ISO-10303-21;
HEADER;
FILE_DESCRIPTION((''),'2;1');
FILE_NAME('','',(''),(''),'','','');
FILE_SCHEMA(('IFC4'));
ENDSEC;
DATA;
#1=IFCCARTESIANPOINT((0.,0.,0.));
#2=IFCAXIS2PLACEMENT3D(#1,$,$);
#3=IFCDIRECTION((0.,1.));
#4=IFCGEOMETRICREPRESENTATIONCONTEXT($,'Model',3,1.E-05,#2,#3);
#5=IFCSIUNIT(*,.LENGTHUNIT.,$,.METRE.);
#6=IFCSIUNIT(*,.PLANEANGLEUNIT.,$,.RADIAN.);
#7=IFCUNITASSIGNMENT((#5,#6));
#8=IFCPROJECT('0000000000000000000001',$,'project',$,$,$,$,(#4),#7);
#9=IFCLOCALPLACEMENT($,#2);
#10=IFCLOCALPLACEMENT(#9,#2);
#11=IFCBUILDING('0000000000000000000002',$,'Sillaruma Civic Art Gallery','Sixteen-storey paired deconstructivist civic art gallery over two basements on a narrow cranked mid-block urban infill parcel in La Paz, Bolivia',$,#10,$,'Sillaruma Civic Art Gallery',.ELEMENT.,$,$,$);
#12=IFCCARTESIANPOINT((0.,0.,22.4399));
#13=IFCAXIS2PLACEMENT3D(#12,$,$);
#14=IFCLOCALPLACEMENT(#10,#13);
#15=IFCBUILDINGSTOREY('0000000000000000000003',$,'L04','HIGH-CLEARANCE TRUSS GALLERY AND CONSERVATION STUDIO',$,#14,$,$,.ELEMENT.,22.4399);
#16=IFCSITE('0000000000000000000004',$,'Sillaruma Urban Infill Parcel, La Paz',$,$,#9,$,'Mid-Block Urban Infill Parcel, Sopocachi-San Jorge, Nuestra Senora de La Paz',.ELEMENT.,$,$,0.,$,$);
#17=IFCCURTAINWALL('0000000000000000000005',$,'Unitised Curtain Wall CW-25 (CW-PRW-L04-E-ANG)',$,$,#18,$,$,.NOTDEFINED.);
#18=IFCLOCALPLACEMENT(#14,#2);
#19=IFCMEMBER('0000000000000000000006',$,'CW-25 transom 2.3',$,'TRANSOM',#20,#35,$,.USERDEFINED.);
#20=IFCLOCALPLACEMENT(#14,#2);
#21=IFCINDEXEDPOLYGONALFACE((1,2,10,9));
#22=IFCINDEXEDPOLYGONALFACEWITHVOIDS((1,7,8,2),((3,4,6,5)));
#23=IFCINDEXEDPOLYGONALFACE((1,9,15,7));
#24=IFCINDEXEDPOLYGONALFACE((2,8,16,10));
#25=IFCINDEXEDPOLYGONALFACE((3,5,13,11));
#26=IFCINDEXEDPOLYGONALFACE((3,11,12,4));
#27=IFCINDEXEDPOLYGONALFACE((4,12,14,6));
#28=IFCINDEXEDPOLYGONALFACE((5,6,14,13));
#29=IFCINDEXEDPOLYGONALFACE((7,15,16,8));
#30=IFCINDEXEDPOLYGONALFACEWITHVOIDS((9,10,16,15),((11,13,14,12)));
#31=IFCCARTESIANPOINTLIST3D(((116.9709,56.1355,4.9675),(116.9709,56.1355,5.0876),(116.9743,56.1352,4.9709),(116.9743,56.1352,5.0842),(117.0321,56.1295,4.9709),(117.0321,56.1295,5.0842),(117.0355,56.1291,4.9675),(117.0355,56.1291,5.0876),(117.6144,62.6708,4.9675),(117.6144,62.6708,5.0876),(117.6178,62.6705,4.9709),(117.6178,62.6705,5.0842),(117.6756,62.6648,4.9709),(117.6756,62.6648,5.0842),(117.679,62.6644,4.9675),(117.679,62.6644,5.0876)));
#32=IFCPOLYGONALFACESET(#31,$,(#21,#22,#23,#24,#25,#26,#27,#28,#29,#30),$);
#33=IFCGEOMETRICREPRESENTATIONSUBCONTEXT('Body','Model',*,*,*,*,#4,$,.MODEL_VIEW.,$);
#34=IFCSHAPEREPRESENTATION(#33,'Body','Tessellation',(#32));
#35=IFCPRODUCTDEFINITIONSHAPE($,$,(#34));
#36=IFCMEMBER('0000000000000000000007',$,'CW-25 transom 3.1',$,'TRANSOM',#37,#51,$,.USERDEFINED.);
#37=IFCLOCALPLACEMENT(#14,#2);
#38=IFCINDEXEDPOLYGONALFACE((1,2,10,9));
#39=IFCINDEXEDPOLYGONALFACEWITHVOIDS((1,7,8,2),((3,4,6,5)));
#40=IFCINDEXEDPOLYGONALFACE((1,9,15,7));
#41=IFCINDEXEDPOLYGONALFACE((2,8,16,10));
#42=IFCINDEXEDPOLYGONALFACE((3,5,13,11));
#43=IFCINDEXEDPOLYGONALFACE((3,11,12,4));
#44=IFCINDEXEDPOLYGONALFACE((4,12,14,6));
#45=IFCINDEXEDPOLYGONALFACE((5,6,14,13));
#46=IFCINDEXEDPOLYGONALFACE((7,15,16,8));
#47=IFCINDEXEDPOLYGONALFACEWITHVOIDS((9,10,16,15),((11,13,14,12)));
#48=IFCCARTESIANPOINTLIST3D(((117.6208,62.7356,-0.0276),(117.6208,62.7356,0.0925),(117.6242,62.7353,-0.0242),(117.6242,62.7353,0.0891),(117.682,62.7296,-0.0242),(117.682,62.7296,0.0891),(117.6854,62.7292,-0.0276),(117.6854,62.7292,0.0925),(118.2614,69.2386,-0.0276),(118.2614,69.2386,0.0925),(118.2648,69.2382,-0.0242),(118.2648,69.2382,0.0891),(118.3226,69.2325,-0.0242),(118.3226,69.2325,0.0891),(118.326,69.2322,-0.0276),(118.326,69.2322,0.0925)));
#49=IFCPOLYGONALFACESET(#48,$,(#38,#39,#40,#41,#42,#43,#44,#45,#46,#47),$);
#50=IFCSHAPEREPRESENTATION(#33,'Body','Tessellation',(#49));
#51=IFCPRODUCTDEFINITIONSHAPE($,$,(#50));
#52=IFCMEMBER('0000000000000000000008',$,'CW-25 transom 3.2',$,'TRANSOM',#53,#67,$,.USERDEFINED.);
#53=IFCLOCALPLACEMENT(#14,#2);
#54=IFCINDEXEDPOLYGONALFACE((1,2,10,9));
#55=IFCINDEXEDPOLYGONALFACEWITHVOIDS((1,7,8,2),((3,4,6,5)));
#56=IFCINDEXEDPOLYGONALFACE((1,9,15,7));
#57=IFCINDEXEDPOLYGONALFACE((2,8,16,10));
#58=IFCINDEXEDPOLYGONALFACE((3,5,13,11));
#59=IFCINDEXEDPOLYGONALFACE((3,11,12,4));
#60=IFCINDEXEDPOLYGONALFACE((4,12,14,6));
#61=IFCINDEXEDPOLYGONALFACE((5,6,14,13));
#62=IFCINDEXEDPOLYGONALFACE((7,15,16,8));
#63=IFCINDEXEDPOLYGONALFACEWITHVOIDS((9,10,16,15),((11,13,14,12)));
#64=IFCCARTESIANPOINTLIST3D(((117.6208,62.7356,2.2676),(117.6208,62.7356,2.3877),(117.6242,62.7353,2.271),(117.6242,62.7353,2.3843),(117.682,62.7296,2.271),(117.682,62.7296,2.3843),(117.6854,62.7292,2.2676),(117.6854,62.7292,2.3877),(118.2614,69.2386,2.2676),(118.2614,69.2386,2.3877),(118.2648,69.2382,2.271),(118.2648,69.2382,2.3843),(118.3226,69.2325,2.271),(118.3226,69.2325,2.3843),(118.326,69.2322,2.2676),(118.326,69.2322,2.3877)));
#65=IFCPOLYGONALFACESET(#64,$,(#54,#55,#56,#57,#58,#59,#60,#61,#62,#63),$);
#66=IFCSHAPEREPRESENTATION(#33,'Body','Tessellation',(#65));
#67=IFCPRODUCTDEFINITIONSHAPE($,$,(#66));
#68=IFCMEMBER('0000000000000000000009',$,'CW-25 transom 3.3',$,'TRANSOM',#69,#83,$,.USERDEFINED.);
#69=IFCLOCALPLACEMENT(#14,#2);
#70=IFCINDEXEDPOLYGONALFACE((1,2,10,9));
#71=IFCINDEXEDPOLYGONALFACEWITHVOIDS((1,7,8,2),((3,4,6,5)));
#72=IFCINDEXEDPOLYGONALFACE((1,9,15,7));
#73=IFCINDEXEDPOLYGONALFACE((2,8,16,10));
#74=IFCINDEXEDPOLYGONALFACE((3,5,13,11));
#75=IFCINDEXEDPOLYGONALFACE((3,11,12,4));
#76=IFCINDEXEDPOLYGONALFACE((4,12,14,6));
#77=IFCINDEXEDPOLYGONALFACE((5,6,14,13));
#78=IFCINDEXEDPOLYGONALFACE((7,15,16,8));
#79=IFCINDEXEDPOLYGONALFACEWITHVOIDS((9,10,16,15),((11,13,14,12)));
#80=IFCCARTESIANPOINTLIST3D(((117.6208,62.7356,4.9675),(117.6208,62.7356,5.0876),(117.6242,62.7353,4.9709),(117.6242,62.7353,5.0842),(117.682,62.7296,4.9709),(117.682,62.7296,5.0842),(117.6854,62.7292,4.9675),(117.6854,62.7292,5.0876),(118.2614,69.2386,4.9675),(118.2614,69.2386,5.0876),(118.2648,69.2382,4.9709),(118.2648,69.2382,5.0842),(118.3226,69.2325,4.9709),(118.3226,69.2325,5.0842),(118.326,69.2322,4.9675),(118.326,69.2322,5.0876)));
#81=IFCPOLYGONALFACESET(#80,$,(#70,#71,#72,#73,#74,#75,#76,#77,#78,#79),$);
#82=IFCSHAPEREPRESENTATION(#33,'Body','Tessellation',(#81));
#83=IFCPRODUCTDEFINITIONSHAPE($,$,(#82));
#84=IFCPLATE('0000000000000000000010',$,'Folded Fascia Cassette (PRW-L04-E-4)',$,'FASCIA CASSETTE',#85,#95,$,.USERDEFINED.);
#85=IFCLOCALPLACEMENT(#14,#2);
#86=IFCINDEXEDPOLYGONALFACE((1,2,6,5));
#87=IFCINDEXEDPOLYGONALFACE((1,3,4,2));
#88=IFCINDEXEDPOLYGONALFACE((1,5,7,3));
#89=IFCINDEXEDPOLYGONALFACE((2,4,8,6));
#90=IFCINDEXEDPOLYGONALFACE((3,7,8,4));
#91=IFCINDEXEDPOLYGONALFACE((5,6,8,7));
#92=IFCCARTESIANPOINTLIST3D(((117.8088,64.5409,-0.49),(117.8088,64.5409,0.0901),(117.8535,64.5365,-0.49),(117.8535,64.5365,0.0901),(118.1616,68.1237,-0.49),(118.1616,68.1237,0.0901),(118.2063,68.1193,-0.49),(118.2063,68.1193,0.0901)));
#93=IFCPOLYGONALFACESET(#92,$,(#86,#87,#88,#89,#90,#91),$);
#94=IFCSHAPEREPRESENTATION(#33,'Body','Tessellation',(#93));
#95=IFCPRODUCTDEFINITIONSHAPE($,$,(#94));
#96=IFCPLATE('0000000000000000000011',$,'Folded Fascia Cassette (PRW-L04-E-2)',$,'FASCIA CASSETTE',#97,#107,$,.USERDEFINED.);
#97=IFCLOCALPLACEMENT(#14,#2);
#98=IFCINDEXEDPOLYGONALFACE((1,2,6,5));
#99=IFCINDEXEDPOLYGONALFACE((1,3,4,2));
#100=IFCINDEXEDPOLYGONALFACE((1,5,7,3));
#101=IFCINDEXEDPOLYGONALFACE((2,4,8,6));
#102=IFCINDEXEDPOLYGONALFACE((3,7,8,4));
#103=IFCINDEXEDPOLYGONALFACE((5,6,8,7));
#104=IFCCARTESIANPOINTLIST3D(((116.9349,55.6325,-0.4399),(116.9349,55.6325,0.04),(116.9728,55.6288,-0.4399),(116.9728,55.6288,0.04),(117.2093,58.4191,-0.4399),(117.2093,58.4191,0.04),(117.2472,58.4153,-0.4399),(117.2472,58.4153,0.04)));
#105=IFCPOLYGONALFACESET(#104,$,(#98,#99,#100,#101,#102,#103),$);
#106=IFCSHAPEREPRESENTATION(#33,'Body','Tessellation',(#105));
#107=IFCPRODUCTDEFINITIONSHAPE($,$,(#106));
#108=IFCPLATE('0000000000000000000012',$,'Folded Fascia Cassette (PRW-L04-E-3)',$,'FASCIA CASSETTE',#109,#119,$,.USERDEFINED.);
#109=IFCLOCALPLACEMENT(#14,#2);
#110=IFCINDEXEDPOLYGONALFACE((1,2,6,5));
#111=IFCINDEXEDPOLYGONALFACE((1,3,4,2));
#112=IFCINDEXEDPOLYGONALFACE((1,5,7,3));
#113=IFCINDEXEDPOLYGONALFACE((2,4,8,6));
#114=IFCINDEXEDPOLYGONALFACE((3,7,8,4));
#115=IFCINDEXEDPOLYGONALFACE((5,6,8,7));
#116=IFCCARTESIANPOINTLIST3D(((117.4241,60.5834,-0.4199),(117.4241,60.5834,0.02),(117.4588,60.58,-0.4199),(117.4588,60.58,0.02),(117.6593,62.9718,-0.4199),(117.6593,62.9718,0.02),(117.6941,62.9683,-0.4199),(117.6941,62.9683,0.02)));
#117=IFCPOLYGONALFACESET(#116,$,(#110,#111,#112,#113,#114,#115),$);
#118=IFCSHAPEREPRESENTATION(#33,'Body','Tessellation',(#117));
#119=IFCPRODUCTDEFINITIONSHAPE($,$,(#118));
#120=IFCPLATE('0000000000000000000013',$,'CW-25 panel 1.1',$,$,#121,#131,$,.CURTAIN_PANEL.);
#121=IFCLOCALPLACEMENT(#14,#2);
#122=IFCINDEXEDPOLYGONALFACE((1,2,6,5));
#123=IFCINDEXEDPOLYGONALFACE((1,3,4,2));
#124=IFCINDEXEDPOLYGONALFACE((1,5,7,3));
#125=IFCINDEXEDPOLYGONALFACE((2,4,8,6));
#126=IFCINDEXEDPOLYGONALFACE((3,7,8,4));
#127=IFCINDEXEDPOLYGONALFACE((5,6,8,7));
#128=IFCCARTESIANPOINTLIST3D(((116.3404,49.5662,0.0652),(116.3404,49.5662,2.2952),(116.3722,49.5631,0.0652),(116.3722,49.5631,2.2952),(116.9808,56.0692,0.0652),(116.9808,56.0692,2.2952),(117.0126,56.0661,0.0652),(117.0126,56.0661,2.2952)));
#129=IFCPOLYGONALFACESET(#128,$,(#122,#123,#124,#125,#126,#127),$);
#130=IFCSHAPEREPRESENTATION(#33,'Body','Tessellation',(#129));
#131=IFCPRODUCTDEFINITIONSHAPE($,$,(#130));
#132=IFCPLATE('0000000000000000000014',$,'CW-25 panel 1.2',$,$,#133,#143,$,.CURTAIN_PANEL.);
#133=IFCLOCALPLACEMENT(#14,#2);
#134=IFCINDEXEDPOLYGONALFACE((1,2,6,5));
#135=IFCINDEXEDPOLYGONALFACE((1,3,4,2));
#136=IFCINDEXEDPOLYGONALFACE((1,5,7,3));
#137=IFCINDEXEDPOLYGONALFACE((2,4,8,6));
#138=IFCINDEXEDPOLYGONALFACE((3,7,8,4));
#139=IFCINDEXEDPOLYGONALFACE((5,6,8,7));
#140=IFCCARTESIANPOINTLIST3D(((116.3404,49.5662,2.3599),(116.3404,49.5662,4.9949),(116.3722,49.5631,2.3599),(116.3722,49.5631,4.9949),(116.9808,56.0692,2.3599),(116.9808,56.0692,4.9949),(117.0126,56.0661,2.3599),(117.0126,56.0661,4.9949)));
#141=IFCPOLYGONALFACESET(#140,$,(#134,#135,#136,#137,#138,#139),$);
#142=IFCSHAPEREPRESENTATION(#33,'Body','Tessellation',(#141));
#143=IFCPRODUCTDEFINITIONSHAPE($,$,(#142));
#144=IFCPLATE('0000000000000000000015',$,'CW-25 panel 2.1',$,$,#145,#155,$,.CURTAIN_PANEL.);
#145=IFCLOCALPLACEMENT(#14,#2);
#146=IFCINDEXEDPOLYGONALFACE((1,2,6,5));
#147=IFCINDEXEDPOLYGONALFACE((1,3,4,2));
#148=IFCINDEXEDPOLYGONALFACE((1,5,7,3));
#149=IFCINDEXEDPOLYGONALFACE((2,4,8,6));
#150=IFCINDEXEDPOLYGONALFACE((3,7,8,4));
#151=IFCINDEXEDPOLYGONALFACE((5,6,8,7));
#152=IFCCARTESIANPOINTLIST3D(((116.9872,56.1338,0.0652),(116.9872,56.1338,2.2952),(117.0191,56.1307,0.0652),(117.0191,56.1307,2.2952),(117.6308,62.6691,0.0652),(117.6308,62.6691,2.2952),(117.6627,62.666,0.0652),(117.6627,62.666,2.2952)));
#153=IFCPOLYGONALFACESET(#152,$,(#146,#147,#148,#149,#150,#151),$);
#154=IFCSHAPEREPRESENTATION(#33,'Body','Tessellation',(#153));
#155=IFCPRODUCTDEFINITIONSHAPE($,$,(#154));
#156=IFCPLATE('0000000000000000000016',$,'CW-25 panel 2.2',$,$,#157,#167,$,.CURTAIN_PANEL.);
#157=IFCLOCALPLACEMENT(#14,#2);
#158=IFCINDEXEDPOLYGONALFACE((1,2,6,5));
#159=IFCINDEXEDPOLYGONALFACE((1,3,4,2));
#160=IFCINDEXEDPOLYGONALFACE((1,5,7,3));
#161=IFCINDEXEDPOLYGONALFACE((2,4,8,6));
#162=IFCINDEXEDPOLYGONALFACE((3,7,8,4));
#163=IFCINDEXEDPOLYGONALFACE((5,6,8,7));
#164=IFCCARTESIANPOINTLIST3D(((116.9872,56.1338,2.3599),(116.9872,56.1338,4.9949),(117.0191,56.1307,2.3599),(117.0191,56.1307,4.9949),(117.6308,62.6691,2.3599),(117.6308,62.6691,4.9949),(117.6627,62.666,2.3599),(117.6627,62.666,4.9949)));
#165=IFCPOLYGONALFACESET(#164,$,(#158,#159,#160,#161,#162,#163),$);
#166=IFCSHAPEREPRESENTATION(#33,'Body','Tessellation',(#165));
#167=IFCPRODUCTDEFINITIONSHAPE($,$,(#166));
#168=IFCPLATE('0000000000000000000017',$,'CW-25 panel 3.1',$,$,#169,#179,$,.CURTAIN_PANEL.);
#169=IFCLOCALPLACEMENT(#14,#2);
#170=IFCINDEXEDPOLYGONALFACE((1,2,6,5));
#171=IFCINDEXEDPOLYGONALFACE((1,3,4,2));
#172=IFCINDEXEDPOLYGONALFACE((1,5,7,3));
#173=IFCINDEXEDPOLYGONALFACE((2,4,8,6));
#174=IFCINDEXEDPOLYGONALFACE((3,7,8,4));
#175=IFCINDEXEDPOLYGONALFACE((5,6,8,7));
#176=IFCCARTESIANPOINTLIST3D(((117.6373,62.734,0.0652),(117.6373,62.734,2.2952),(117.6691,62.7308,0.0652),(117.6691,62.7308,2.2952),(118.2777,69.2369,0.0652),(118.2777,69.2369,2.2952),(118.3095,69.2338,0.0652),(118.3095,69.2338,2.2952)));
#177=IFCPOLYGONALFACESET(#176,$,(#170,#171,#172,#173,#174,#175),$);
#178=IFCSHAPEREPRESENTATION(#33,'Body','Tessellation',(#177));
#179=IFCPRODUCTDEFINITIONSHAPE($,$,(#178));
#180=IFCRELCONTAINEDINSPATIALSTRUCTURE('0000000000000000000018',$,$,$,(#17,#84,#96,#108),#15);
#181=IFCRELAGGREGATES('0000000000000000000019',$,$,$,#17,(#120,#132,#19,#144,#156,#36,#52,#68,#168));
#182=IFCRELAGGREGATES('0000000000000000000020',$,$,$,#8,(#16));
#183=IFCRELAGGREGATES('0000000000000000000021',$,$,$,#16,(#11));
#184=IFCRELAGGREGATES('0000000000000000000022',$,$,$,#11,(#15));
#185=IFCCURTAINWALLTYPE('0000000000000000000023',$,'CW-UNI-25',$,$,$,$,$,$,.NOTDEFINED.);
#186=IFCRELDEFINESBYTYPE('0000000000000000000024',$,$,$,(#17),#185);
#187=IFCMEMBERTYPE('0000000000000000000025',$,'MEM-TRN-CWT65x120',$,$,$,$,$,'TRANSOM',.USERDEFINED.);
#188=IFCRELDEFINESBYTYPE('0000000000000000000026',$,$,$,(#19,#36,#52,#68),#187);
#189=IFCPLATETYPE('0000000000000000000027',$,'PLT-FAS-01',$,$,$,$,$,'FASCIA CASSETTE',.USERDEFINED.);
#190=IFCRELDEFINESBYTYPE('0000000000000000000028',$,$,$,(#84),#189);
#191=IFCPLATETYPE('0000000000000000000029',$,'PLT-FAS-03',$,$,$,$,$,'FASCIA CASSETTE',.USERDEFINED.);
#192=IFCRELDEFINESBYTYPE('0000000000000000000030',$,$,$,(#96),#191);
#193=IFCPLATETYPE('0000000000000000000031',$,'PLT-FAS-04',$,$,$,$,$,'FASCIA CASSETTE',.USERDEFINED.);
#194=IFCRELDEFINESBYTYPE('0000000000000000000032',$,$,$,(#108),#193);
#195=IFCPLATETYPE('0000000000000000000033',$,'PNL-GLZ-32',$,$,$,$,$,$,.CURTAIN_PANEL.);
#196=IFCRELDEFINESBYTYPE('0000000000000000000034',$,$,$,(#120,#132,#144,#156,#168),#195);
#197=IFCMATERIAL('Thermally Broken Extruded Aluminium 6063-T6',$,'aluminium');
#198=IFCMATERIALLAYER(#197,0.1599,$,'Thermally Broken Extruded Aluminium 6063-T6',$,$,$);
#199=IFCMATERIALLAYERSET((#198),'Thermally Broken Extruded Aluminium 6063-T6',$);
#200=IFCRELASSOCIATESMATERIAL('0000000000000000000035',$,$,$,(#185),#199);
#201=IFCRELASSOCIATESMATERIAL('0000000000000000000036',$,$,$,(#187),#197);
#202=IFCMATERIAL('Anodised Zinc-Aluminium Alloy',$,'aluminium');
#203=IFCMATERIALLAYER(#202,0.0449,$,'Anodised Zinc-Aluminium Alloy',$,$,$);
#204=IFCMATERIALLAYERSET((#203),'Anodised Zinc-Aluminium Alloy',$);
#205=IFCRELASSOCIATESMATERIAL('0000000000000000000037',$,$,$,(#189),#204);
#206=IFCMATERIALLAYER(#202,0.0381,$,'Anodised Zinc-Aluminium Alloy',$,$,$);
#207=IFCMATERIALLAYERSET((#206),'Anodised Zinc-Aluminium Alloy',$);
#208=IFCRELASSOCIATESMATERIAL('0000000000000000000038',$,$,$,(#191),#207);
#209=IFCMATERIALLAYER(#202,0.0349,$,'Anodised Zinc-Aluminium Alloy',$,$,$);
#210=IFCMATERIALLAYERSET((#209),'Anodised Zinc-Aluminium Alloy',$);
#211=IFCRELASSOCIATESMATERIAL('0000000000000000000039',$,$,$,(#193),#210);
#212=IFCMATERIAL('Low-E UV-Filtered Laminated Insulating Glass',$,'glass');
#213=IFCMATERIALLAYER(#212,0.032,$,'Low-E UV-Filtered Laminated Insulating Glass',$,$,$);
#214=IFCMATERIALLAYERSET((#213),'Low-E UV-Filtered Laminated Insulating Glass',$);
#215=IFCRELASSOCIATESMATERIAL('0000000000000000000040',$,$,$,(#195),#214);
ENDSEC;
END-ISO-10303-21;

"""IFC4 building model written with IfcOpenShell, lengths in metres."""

from ifc_helpers import new_model, si_unit, direction, frame, origin, origin_2d, place, context, subcontext, project, spatial, rectangle, hollow_rectangle, extrude, material, layer, layer_set, material_profile, profile_set, type_object, element, aggregate, save


model = new_model("IFC4")

# Units and contexts
model_context = context("Model", 3, precision=1e-05, world=origin(), true_north=direction((0.0, 1.0)))
body_context = subcontext(model_context, "Body", "Model", "MODEL_VIEW")
ifc_project = project(units=[si_unit("LENGTHUNIT", "METRE"), si_unit("PLANEANGLEUNIT", "RADIAN")], contexts=[model_context])

# Site, building, storey
site_placement = place(None, origin())
site = spatial("IfcSite", under=ifc_project, at=site_placement, Name="Sillaruma Urban Infill Parcel, La Paz", LongName="Mid-Block Urban Infill Parcel, Sopocachi-San Jorge, Nuestra Senora de La Paz", CompositionType="ELEMENT", RefElevation=0.0)
building_placement = place(site_placement, origin())
building = spatial("IfcBuilding", under=site, at=building_placement, Name="Sillaruma Civic Art Gallery", Description="Sixteen-storey paired deconstructivist civic art gallery over two basements on a narrow cranked mid-block urban infill parcel in La Paz, Bolivia", LongName="Sillaruma Civic Art Gallery", CompositionType="ELEMENT")
storey_placement = place(building_placement, frame((0.0, 0.0, 22.4399)))
storey = spatial("IfcBuildingStorey", under=building, at=storey_placement, Name="L04", Description="HIGH-CLEARANCE TRUSS GALLERY AND CONSERVATION STUDIO", CompositionType="ELEMENT", Elevation=22.4399)

# Curtain wall
ifc_material_1 = material(Name="Thermally Broken Extruded Aluminium 6063-T6", Category="aluminium")
ifc_layer_1 = layer(ifc_material_1, 0.1599, Name="Thermally Broken Extruded Aluminium 6063-T6")
ifc_layer_set_1 = layer_set([ifc_layer_1], Name="Thermally Broken Extruded Aluminium 6063-T6")
curtain_wall_type_1 = type_object("IfcCurtainWallType", Name="CW-UNI-25", PredefinedType="NOTDEFINED", material=ifc_layer_set_1)
curtain_wall_1_placement = place(storey_placement, origin())
curtain_wall_1 = element("IfcCurtainWall", 1, at=curtain_wall_1_placement, inside=storey, type_object=curtain_wall_type_1, Name="Unitised Curtain Wall CW-25 (CW-PRW-L04-E-ANG)", PredefinedType="NOTDEFINED")

# Members
ifc_material_profile_1 = material_profile(ifc_material_1, hollow_rectangle(XDim=0.0649, YDim=0.1201, WallThickness=0.0034, at=origin_2d()), Name="CWT65x120")
ifc_profile_set_1 = profile_set([ifc_material_profile_1], Name="Thermally Broken Extruded Aluminium 6063-T6")
member_type_1 = type_object("IfcMemberType", Name="MEM-TRN-CWT65x120", ElementType="TRANSOM", PredefinedType="USERDEFINED", material=ifc_profile_set_1)
member_1_placement = place(storey_placement, frame((117.0032, 56.1323, 5.0276), z_axis=(0.097998, 0.995187, 0.0), x_axis=(-0.995187, 0.097998, 0.0)))
member_1 = element("IfcMember", 2, at=member_1_placement, type_object=member_type_1, Name="CW-25 transom 2.3", ObjectType="TRANSOM", PredefinedType="USERDEFINED", context=body_context, shape_type="SweptSolid", body=[
    extrude(hollow_rectangle(XDim=0.0649, YDim=0.1201, WallThickness=0.0034, at=origin_2d()), origin(), (0.0, 0.0, 1.0), 6.5669),
])
member_2_placement = place(storey_placement, frame((117.6531, 62.7324, 0.0325), z_axis=(0.098039, 0.995183, 0.0), x_axis=(-0.995183, 0.098039, 0.0)))
member_2 = element("IfcMember", 3, at=member_2_placement, type_object=member_type_1, Name="CW-25 transom 3.1", ObjectType="TRANSOM", PredefinedType="USERDEFINED", context=body_context, shape_type="SweptSolid", body=[
    extrude(hollow_rectangle(XDim=0.0649, YDim=0.1201, WallThickness=0.0034, at=origin_2d()), origin(), (0.0, 0.0, 1.0), 6.5344),
])
member_3_placement = place(storey_placement, frame((117.6531, 62.7324, 2.3276), z_axis=(0.098039, 0.995183, 0.0), x_axis=(-0.995183, 0.098039, 0.0)))
member_3 = element("IfcMember", 4, at=member_3_placement, type_object=member_type_1, Name="CW-25 transom 3.2", ObjectType="TRANSOM", PredefinedType="USERDEFINED", context=body_context, shape_type="SweptSolid", body=[
    extrude(hollow_rectangle(XDim=0.0649, YDim=0.1201, WallThickness=0.0034, at=origin_2d()), origin(), (0.0, 0.0, 1.0), 6.5344),
])
member_4_placement = place(storey_placement, frame((117.6531, 62.7324, 5.0276), z_axis=(0.098039, 0.995183, 0.0), x_axis=(-0.995183, 0.098039, 0.0)))
member_4 = element("IfcMember", 5, at=member_4_placement, type_object=member_type_1, Name="CW-25 transom 3.3", ObjectType="TRANSOM", PredefinedType="USERDEFINED", context=body_context, shape_type="SweptSolid", body=[
    extrude(hollow_rectangle(XDim=0.0649, YDim=0.1201, WallThickness=0.0034, at=origin_2d()), origin(), (0.0, 0.0, 1.0), 6.5344),
])

# Plates
ifc_material_2 = material(Name="Anodised Zinc-Aluminium Alloy", Category="aluminium")
ifc_layer_2 = layer(ifc_material_2, 0.0449, Name="Anodised Zinc-Aluminium Alloy")
ifc_layer_set_2 = layer_set([ifc_layer_2], Name="Anodised Zinc-Aluminium Alloy")
plate_type_1 = type_object("IfcPlateType", Name="PLT-FAS-01", ElementType="FASCIA CASSETTE", PredefinedType="USERDEFINED", material=ifc_layer_set_2)
plate_1_placement = place(storey_placement, frame((118.0076, 66.3301, -0.49), z_axis=(0.0, 0.0, 1.0), x_axis=(0.098011, 0.995185, 0.0)))
element("IfcPlate", 6, at=plate_1_placement, inside=storey, type_object=plate_type_1, Name="Folded Fascia Cassette (PRW-L04-E-4)", ObjectType="FASCIA CASSETTE", PredefinedType="USERDEFINED", context=body_context, shape_type="SweptSolid", body=[
    extrude(rectangle(XDim=3.6001, YDim=0.0449, at=origin_2d()), origin(), (0.0, 0.0, 1.0), 0.5801),
])
ifc_layer_3 = layer(ifc_material_2, 0.0381, Name="Anodised Zinc-Aluminium Alloy")
ifc_layer_set_3 = layer_set([ifc_layer_3], Name="Anodised Zinc-Aluminium Alloy")
plate_type_2 = type_object("IfcPlateType", Name="PLT-FAS-03", ElementType="FASCIA CASSETTE", PredefinedType="USERDEFINED", material=ifc_layer_set_3)
plate_2_placement = place(storey_placement, frame((117.0911, 57.0239, -0.4399), z_axis=(0.0, 0.0, 1.0), x_axis=(0.098011, 0.995185, 0.0)))
element("IfcPlate", 7, at=plate_2_placement, inside=storey, type_object=plate_type_2, Name="Folded Fascia Cassette (PRW-L04-E-2)", ObjectType="FASCIA CASSETTE", PredefinedType="USERDEFINED", context=body_context, shape_type="SweptSolid", body=[
    extrude(rectangle(XDim=2.8, YDim=0.0381, at=origin_2d()), origin(), (0.0, 0.0, 1.0), 0.48),
])
ifc_layer_4 = layer(ifc_material_2, 0.0349, Name="Anodised Zinc-Aluminium Alloy")
ifc_layer_set_4 = layer_set([ifc_layer_4], Name="Anodised Zinc-Aluminium Alloy")
plate_type_3 = type_object("IfcPlateType", Name="PLT-FAS-04", ElementType="FASCIA CASSETTE", PredefinedType="USERDEFINED", material=ifc_layer_set_4)
plate_3_placement = place(storey_placement, frame((117.5591, 61.7759, -0.4199), z_axis=(0.0, 0.0, 1.0), x_axis=(0.098011, 0.995185, 0.0)))
element("IfcPlate", 8, at=plate_3_placement, inside=storey, type_object=plate_type_3, Name="Folded Fascia Cassette (PRW-L04-E-3)", ObjectType="FASCIA CASSETTE", PredefinedType="USERDEFINED", context=body_context, shape_type="SweptSolid", body=[
    extrude(rectangle(XDim=2.3999, YDim=0.0349, at=origin_2d()), origin(), (0.0, 0.0, 1.0), 0.4399),
])

# Plates
ifc_material_3 = material(Name="Low-E UV-Filtered Laminated Insulating Glass", Category="glass")
ifc_layer_5 = layer(ifc_material_3, 0.032, Name="Low-E UV-Filtered Laminated Insulating Glass")
ifc_layer_set_5 = layer_set([ifc_layer_5], Name="Low-E UV-Filtered Laminated Insulating Glass")
plate_type_4 = type_object("IfcPlateType", Name="PNL-GLZ-32", PredefinedType="CURTAIN_PANEL", material=ifc_layer_set_5)
plate_4_placement = place(storey_placement, frame((116.6765, 52.8162, 0.0652), z_axis=(0.0, 0.0, 1.0), x_axis=(0.098011, 0.995185, 0.0)))
plate_4 = element("IfcPlate", 9, at=plate_4_placement, type_object=plate_type_4, Name="CW-25 panel 1.1", PredefinedType="CURTAIN_PANEL", context=body_context, shape_type="SweptSolid", body=[
    extrude(rectangle(XDim=6.5344, YDim=0.032, at=origin_2d()), origin(), (0.0, 0.0, 1.0), 2.23),
])
plate_5_placement = place(storey_placement, frame((116.6765, 52.8162, 2.3599), z_axis=(0.0, 0.0, 1.0), x_axis=(0.098011, 0.995185, 0.0)))
plate_5 = element("IfcPlate", 10, at=plate_5_placement, type_object=plate_type_4, Name="CW-25 panel 1.2", PredefinedType="CURTAIN_PANEL", context=body_context, shape_type="SweptSolid", body=[
    extrude(rectangle(XDim=6.5344, YDim=0.032, at=origin_2d()), origin(), (0.0, 0.0, 1.0), 2.635),
])
plate_6_placement = place(storey_placement, frame((117.325, 59.3999, 0.0652), z_axis=(0.0, 0.0, 1.0), x_axis=(0.098011, 0.995185, 0.0)))
plate_6 = element("IfcPlate", 11, at=plate_6_placement, type_object=plate_type_4, Name="CW-25 panel 2.1", PredefinedType="CURTAIN_PANEL", context=body_context, shape_type="SweptSolid", body=[
    extrude(rectangle(XDim=6.5669, YDim=0.032, at=origin_2d()), origin(), (0.0, 0.0, 1.0), 2.23),
])
plate_7_placement = place(storey_placement, frame((117.325, 59.3999, 2.3599), z_axis=(0.0, 0.0, 1.0), x_axis=(0.098011, 0.995185, 0.0)))
plate_7 = element("IfcPlate", 12, at=plate_7_placement, type_object=plate_type_4, Name="CW-25 panel 2.2", PredefinedType="CURTAIN_PANEL", context=body_context, shape_type="SweptSolid", body=[
    extrude(rectangle(XDim=6.5669, YDim=0.032, at=origin_2d()), origin(), (0.0, 0.0, 1.0), 2.635),
])
plate_8_placement = place(storey_placement, frame((117.9734, 65.9839, 0.0652), z_axis=(0.0, 0.0, 1.0), x_axis=(0.098011, 0.995185, 0.0)))
plate_8 = element("IfcPlate", 13, at=plate_8_placement, type_object=plate_type_4, Name="CW-25 panel 3.1", PredefinedType="CURTAIN_PANEL", context=body_context, shape_type="SweptSolid", body=[
    extrude(rectangle(XDim=6.5344, YDim=0.032, at=origin_2d()), origin(), (0.0, 0.0, 1.0), 2.23),
])
aggregate(curtain_wall_1, [plate_4, plate_5, member_1, plate_6, plate_7, member_2, member_3, member_4, plate_8])

save(model, "model.ifc")
